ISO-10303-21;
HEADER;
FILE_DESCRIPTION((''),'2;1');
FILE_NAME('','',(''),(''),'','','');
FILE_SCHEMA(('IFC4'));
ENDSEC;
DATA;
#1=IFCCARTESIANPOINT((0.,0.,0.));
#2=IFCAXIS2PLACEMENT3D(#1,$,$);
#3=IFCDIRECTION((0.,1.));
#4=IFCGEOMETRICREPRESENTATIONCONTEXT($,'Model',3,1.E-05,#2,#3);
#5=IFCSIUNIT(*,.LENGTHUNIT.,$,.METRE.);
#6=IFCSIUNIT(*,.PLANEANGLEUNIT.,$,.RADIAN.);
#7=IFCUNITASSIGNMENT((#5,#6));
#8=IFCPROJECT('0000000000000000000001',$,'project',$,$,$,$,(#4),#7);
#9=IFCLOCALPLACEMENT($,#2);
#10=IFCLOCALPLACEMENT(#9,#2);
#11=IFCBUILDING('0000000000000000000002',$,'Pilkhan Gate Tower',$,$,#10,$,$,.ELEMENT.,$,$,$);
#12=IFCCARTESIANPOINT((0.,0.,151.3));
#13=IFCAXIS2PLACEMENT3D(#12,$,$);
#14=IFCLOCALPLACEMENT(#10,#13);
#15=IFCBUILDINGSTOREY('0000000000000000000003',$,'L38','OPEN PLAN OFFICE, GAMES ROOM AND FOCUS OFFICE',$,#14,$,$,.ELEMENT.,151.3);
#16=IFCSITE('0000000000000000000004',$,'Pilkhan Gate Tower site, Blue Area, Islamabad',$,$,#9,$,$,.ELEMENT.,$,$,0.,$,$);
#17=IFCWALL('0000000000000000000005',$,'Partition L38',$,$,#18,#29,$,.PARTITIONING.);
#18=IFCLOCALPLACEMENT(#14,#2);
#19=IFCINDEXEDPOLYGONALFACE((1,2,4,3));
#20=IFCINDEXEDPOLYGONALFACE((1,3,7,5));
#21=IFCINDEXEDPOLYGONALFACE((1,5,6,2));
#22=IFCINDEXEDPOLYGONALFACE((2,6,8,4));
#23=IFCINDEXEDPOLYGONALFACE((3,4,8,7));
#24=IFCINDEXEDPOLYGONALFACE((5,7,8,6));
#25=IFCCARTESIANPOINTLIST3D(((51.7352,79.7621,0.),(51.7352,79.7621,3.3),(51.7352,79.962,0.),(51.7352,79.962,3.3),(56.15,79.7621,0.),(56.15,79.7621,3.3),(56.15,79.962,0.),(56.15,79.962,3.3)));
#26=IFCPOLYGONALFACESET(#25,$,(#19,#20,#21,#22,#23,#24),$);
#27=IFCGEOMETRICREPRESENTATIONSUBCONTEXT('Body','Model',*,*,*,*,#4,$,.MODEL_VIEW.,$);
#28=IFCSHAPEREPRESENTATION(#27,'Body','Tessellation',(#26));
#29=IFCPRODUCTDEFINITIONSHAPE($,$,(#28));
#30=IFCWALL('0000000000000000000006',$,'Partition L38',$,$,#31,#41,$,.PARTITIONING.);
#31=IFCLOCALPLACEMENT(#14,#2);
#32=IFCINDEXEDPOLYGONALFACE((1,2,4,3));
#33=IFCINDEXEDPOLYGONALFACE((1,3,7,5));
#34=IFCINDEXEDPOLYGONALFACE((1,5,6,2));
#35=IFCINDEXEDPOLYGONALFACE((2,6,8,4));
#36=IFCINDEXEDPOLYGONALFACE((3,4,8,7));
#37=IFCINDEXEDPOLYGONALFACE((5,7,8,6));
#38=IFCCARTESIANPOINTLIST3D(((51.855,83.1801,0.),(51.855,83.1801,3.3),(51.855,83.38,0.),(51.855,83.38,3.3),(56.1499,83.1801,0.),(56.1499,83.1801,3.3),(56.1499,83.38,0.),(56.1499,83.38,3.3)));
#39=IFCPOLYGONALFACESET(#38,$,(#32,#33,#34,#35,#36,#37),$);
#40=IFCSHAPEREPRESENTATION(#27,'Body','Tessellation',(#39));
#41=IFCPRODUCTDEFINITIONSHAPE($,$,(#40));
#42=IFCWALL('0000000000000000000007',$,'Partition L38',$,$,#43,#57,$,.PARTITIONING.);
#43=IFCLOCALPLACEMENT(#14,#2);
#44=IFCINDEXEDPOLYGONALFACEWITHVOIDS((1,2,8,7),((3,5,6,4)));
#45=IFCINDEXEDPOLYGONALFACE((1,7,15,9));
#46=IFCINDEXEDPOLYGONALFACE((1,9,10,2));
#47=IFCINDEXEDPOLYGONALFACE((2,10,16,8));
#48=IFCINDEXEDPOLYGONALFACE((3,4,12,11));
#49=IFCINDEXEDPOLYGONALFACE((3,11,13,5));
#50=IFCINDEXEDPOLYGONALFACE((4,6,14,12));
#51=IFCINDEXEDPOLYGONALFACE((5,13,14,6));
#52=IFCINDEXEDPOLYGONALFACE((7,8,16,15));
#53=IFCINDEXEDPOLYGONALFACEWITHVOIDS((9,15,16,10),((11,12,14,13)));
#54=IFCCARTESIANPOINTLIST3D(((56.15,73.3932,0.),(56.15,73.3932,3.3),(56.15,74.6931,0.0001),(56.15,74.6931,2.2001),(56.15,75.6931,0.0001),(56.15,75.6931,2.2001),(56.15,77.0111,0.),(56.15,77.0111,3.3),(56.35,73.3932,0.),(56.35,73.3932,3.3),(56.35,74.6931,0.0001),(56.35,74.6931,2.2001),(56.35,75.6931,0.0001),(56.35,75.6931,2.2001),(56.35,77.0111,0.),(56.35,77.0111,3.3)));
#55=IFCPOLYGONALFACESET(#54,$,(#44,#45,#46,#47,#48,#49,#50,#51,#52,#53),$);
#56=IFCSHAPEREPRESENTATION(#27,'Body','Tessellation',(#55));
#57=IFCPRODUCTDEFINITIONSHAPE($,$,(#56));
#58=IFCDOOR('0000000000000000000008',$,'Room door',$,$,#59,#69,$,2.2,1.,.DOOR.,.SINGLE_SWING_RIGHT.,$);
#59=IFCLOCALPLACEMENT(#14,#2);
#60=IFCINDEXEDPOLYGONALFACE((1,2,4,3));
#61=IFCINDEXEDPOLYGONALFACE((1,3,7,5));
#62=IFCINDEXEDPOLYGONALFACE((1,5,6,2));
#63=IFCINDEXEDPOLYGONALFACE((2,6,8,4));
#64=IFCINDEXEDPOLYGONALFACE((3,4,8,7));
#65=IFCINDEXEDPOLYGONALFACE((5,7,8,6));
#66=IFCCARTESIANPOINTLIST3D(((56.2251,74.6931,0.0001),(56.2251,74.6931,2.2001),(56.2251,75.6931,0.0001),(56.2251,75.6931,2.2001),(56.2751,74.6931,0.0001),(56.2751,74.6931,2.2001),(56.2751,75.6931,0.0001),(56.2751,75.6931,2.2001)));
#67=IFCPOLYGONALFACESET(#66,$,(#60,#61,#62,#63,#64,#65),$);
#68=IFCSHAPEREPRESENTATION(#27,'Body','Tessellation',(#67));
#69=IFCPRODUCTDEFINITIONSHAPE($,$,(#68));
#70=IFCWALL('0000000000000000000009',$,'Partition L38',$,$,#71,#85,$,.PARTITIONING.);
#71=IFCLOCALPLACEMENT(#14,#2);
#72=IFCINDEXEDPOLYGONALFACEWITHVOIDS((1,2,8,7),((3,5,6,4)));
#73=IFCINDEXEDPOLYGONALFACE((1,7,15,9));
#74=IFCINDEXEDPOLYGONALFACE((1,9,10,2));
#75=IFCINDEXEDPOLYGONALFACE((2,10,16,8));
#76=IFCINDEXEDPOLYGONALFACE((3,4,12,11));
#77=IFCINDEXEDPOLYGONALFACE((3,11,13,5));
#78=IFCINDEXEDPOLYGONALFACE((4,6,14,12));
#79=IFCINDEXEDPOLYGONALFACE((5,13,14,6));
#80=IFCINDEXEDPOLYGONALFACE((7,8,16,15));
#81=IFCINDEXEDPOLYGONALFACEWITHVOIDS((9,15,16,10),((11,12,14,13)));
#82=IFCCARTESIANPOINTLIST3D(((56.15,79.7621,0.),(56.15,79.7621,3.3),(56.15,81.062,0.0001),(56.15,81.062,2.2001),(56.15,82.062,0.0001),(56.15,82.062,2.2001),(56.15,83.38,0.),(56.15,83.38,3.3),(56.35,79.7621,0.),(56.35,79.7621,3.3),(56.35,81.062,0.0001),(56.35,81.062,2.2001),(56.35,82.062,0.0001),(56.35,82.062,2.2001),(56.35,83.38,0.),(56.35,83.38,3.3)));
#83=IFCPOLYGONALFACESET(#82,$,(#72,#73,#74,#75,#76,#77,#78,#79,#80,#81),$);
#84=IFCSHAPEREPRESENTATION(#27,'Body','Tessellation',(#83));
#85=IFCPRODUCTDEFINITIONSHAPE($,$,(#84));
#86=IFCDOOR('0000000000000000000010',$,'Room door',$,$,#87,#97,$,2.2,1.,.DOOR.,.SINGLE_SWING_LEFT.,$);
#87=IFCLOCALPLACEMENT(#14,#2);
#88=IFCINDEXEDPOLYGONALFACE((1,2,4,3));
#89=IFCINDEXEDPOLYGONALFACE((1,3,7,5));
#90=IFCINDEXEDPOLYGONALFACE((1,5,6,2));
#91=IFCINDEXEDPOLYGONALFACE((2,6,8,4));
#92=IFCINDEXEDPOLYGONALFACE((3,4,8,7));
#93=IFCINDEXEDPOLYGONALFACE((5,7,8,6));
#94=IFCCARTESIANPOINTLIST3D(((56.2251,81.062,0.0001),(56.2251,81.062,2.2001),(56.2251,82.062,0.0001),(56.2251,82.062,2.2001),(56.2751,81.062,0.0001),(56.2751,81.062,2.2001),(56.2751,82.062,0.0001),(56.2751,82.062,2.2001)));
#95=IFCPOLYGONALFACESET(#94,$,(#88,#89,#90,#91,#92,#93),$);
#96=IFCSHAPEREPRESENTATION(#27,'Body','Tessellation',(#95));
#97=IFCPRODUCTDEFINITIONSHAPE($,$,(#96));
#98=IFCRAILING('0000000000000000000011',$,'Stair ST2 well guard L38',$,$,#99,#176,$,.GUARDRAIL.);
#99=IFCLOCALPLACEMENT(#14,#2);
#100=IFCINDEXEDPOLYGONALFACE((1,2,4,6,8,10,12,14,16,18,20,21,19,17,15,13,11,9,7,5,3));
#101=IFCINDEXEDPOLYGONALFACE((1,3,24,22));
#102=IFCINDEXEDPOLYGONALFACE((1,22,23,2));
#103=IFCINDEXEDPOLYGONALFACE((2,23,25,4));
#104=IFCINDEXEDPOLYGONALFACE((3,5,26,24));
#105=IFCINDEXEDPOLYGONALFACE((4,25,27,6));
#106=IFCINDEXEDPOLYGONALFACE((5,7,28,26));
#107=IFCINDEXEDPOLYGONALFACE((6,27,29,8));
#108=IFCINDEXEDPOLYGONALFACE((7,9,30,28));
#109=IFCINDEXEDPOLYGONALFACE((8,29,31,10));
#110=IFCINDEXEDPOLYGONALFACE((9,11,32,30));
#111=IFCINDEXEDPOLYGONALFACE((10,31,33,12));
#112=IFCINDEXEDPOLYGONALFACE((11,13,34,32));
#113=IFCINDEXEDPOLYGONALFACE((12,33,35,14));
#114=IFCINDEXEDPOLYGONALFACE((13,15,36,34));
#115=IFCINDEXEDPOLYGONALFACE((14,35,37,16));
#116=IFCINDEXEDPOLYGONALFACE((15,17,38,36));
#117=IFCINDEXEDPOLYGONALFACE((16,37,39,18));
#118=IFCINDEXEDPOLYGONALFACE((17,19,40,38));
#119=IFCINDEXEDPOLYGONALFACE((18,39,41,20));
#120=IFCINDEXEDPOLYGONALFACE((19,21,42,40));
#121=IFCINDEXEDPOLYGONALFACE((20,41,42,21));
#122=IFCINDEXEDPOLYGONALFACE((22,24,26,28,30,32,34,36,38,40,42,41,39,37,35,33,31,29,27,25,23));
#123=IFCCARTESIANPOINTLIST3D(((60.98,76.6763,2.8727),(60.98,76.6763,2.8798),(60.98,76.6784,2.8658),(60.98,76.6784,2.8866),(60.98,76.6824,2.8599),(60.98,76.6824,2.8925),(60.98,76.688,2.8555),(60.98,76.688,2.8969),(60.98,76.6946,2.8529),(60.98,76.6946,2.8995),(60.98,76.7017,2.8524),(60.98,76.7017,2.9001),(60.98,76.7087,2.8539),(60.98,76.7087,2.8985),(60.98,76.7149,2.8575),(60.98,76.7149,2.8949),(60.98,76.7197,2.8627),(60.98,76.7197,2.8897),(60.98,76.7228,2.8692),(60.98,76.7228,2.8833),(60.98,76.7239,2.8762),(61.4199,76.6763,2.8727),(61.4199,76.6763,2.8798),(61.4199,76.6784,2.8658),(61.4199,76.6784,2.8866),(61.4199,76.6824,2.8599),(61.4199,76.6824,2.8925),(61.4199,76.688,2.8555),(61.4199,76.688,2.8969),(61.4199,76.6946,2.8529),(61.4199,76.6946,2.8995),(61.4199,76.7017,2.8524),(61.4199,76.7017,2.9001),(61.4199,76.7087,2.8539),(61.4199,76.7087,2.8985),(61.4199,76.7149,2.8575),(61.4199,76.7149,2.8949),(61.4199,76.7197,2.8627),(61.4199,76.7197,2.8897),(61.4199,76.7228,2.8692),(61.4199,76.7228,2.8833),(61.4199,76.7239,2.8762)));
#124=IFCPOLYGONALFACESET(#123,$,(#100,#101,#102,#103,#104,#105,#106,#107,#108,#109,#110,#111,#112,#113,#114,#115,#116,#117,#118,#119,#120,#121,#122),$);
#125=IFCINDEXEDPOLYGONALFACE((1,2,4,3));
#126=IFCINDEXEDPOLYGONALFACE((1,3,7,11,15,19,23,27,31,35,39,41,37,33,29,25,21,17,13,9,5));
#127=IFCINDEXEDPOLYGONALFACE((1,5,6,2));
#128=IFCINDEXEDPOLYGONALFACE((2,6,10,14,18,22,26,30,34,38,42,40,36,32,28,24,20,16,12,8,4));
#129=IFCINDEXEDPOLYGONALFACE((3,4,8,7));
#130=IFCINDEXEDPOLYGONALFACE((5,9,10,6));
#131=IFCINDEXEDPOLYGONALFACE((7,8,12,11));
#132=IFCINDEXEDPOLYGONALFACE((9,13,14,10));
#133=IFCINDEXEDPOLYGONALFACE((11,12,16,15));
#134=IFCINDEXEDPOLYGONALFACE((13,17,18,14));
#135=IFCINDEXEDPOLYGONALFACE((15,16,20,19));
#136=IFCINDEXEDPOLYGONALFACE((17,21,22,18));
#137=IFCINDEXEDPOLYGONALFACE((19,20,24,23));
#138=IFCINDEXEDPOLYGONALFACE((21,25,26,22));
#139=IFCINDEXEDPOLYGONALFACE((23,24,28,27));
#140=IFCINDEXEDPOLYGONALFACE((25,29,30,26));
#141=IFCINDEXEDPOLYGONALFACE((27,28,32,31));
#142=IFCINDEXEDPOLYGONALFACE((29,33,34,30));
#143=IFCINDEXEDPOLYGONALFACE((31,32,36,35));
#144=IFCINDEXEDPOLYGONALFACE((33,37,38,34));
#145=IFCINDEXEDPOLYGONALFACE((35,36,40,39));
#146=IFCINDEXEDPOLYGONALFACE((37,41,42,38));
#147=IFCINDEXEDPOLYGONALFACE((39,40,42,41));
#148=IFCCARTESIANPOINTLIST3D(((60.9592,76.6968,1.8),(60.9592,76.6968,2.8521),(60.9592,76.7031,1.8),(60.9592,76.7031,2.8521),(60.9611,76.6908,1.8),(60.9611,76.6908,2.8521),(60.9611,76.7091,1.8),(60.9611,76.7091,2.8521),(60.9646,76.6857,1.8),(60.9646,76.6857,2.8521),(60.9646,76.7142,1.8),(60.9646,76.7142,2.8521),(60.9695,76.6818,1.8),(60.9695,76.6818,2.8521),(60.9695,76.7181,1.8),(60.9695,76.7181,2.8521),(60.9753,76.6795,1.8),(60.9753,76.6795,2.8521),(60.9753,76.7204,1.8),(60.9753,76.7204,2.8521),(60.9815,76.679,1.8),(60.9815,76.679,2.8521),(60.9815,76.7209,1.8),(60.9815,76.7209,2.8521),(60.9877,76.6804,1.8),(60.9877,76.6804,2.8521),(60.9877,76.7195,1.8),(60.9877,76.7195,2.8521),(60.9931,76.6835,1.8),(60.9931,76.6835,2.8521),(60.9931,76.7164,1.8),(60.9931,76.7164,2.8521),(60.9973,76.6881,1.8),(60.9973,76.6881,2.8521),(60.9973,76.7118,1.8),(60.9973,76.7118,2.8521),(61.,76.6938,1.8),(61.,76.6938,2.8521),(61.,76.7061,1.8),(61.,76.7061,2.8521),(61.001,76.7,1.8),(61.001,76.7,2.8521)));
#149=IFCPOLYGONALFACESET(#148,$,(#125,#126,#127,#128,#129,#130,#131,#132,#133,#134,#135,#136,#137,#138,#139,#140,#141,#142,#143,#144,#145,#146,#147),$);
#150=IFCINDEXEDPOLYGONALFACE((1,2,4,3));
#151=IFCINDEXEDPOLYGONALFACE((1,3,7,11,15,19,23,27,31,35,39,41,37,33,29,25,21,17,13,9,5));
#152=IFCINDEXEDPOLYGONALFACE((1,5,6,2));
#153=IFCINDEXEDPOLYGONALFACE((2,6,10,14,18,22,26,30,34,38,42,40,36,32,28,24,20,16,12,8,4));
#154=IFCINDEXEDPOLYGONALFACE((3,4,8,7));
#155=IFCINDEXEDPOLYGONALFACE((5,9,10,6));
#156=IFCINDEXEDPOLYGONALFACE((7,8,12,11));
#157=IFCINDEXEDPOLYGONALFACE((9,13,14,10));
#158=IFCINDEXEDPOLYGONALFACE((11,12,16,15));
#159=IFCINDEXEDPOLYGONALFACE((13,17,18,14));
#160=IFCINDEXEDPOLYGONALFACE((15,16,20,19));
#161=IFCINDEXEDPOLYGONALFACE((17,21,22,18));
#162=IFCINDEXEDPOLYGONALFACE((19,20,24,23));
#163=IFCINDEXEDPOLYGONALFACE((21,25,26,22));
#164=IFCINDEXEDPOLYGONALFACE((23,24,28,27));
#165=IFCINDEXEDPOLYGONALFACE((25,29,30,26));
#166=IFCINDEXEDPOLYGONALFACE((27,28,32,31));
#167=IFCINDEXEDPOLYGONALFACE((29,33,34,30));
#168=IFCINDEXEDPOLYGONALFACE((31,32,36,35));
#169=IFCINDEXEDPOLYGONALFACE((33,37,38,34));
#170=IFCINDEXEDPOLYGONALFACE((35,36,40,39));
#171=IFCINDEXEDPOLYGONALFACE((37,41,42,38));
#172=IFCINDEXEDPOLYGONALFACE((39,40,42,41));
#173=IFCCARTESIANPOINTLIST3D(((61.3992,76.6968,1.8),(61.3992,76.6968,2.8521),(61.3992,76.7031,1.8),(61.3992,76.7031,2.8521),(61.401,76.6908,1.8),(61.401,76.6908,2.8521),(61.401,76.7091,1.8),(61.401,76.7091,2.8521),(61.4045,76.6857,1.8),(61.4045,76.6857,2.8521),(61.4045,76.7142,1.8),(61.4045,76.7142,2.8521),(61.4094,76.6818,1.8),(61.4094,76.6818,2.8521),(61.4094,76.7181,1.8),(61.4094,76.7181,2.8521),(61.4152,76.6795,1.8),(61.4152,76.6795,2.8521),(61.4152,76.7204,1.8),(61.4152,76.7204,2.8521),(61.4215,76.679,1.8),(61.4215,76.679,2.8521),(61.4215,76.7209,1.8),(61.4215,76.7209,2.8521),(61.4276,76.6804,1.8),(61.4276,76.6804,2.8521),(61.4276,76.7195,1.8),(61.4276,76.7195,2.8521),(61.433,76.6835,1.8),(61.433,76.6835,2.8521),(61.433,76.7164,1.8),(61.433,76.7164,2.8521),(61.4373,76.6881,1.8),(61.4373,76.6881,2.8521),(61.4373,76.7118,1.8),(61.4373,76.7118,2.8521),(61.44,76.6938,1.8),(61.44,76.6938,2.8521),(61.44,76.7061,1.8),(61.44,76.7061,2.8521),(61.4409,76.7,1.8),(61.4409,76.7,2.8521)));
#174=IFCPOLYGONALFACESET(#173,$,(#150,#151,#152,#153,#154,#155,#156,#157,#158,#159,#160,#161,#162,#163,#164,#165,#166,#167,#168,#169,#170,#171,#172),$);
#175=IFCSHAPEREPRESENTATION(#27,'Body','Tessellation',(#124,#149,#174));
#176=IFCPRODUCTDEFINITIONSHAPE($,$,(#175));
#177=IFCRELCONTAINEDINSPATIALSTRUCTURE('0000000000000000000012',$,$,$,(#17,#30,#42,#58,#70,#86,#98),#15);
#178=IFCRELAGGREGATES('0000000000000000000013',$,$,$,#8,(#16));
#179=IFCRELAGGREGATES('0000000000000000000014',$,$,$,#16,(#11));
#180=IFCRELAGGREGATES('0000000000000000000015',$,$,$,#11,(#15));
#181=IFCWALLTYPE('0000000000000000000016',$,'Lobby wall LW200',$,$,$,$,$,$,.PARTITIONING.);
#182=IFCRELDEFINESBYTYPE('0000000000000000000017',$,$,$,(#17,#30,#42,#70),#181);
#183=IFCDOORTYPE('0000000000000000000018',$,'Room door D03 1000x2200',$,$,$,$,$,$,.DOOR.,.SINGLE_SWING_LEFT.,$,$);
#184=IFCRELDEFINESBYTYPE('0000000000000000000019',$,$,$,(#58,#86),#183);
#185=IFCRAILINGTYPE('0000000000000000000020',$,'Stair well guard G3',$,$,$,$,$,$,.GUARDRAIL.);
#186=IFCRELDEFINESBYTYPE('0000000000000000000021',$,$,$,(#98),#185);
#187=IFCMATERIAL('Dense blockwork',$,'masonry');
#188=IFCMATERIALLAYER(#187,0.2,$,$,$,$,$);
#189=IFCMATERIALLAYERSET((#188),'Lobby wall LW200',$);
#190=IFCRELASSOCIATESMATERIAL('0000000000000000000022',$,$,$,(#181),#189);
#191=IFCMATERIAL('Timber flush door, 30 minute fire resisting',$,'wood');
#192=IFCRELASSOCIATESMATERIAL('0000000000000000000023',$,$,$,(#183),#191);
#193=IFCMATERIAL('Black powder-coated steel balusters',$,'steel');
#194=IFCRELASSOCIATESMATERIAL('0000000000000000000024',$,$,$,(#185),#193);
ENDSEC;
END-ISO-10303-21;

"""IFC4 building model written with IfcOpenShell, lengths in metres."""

from ifc_helpers import new_model, si_unit, direction, frame, frame_2d, origin, origin_2d, place, context, subcontext, project, spatial, rectangle, circle, extrude, material, layer, layer_set, type_object, element, fill, save


model = new_model("IFC4")

# Units and contexts
model_context = context("Model", 3, precision=1e-05, world=origin(), true_north=direction((0.0, 1.0)))
body_context = subcontext(model_context, "Body", "Model", "MODEL_VIEW")
ifc_project = project(units=[si_unit("LENGTHUNIT", "METRE"), si_unit("PLANEANGLEUNIT", "RADIAN")], contexts=[model_context])

# Site, building, storey
site_placement = place(None, origin())
site = spatial("IfcSite", under=ifc_project, at=site_placement, Name="Pilkhan Gate Tower site, Blue Area, Islamabad", CompositionType="ELEMENT", RefElevation=0.0)
building_placement = place(site_placement, origin())
building = spatial("IfcBuilding", under=site, at=building_placement, Name="Pilkhan Gate Tower", CompositionType="ELEMENT")
storey_placement = place(building_placement, frame((0.0, 0.0, 151.3)))
storey = spatial("IfcBuildingStorey", under=building, at=storey_placement, Name="L38", Description="OPEN PLAN OFFICE, GAMES ROOM AND FOCUS OFFICE", CompositionType="ELEMENT", Elevation=151.3)

# Shared definitions
ifc_material_1 = material(Name="Dense blockwork", Category="masonry")

# Walls
ifc_layer_1 = layer(ifc_material_1, 0.2)
ifc_layer_set_1 = layer_set([ifc_layer_1], Name="Lobby wall LW200")
wall_type_1 = type_object("IfcWallType", Name="Lobby wall LW200", PredefinedType="PARTITIONING", material=ifc_layer_set_1)
for number, where, z_axis, x_axis, name in (
    (1, (51.7351, 79.8621, 0.0), (0.0, 0.0, 1.0), (1.0, 0.0, 0.0), "Partition L38"),
):
    element("IfcWall", number, at=place(storey_placement, frame(where, z_axis=z_axis, x_axis=x_axis)), inside=storey, type_object=wall_type_1, Name=name, PredefinedType="PARTITIONING", context=body_context, shape_type="SweptSolid", body=[
        extrude(rectangle(XDim=4.4148, YDim=0.2, at=frame_2d((2.2075, 0.0))), origin(), (0.0, 0.0, 1.0), 3.3),
    ])
wall_1_placement = place(storey_placement, frame((51.855, 83.28, 0.0), z_axis=(0.0, 0.0, 1.0), x_axis=(1.0, 0.0, 0.0)))
element("IfcWall", 2, at=wall_1_placement, inside=storey, type_object=wall_type_1, Name="Partition L38", PredefinedType="PARTITIONING", context=body_context, shape_type="SweptSolid", body=[
    extrude(rectangle(XDim=4.2949, YDim=0.2, at=frame_2d((2.1475, 0.0))), origin(), (0.0, 0.0, 1.0), 3.3),
])

# Walls, openings, doors
wall_2_placement = place(storey_placement, frame((56.25, 73.3931, 0.0), z_axis=(0.0, 0.0, 1.0), x_axis=(0.0, 1.0, 0.0)))
wall_2 = element("IfcWall", 3, at=wall_2_placement, inside=storey, type_object=wall_type_1, Name="Partition L38", PredefinedType="PARTITIONING", context=body_context, shape_type="SweptSolid", body=[
    extrude(rectangle(XDim=3.6179, YDim=0.2, at=frame_2d((1.8091, 0.0))), origin(), (0.0, 0.0, 1.0), 3.3),
])
opening_1_placement = place(wall_2_placement, frame((1.3, 0.0, 0.0)))
opening_1 = element("IfcOpeningElement", 4, at=opening_1_placement, cuts=wall_2, PredefinedType="OPENING", context=body_context, shape_type="SweptSolid", body=[
    extrude(rectangle(XDim=1.0, YDim=2.2, at=frame_2d((0.5, 1.1001))), frame((0.0, 0.1099, 0.0), z_axis=(0.0, -1.0, 0.0), x_axis=(1.0, 0.0, 0.0)), (0.0, 0.0, 1.0), 0.22),
])
ifc_material_2 = material(Name="Timber flush door, 30 minute fire resisting", Category="wood")
door_type_1 = type_object("IfcDoorType", Name="Room door D03 1000x2200", OperationType="SINGLE_SWING_LEFT", PredefinedType="DOOR", material=ifc_material_2)
door_1_placement = place(opening_1_placement, origin())
door_1 = element("IfcDoor", 5, at=door_1_placement, inside=storey, type_object=door_type_1, Name="Room door", OperationType="SINGLE_SWING_RIGHT", OverallHeight=2.2, OverallWidth=1.0, PredefinedType="DOOR", context=body_context, shape_type="SweptSolid", body=[
    extrude(rectangle(XDim=1.0, YDim=2.2, at=frame_2d((0.5, 1.1001))), frame((0.0, 0.0249, 0.0), z_axis=(0.0, -1.0, 0.0), x_axis=(1.0, 0.0, 0.0)), (0.0, 0.0, 1.0), 0.05),
])
fill(opening_1, door_1)
wall_3_placement = place(storey_placement, frame((56.25, 79.762, 0.0), z_axis=(0.0, 0.0, 1.0), x_axis=(0.0, 1.0, 0.0)))
wall_3 = element("IfcWall", 6, at=wall_3_placement, inside=storey, type_object=wall_type_1, Name="Partition L38", PredefinedType="PARTITIONING", context=body_context, shape_type="SweptSolid", body=[
    extrude(rectangle(XDim=3.6179, YDim=0.2, at=frame_2d((1.8091, 0.0))), origin(), (0.0, 0.0, 1.0), 3.3),
])
opening_2_placement = place(wall_3_placement, frame((1.3, 0.0, 0.0)))
opening_2 = element("IfcOpeningElement", 7, at=opening_2_placement, cuts=wall_3, PredefinedType="OPENING", context=body_context, shape_type="SweptSolid", body=[
    extrude(rectangle(XDim=1.0, YDim=2.2, at=frame_2d((0.5, 1.1001))), frame((0.0, 0.1099, 0.0), z_axis=(0.0, -1.0, 0.0), x_axis=(1.0, 0.0, 0.0)), (0.0, 0.0, 1.0), 0.22),
])
door_2_placement = place(opening_2_placement, origin())
door_2 = element("IfcDoor", 8, at=door_2_placement, inside=storey, type_object=door_type_1, Name="Room door", OperationType="SINGLE_SWING_LEFT", OverallHeight=2.2, OverallWidth=1.0, PredefinedType="DOOR", context=body_context, shape_type="SweptSolid", body=[
    extrude(rectangle(XDim=1.0, YDim=2.2, at=frame_2d((0.5, 1.1001))), frame((0.0, 0.0249, 0.0), z_axis=(0.0, -1.0, 0.0), x_axis=(1.0, 0.0, 0.0)), (0.0, 0.0, 1.0), 0.05),
])
fill(opening_2, door_2)

# Railing
ifc_material_3 = material(Name="Black powder-coated steel balusters", Category="steel")
railing_type = type_object("IfcRailingType", Name="Stair well guard G3", PredefinedType="GUARDRAIL", material=ifc_material_3)
railing_placement = place(storey_placement, frame((60.98, 76.7, 1.8)))
element("IfcRailing", 9, at=railing_placement, inside=storey, type_object=railing_type, Name="Stair ST2 well guard L38", PredefinedType="GUARDRAIL", context=body_context, shape_type="SweptSolid", body=[
    extrude(circle(Radius=0.0239, at=origin_2d()), frame((0.0, 0.0, 1.0762), z_axis=(1.0, 0.0, 0.0), x_axis=(0.0, 1.0, 0.0)), (0.0, 0.0, 1.0), 0.4399),
    extrude(circle(Radius=0.021, at=origin_2d()), origin(), (0.0, 0.0, 1.0), 1.052),
    extrude(circle(Radius=0.021, at=origin_2d()), frame((0.4399, 0.0, 0.0)), (0.0, 0.0, 1.0), 1.052),
])

save(model, "model.ifc")
